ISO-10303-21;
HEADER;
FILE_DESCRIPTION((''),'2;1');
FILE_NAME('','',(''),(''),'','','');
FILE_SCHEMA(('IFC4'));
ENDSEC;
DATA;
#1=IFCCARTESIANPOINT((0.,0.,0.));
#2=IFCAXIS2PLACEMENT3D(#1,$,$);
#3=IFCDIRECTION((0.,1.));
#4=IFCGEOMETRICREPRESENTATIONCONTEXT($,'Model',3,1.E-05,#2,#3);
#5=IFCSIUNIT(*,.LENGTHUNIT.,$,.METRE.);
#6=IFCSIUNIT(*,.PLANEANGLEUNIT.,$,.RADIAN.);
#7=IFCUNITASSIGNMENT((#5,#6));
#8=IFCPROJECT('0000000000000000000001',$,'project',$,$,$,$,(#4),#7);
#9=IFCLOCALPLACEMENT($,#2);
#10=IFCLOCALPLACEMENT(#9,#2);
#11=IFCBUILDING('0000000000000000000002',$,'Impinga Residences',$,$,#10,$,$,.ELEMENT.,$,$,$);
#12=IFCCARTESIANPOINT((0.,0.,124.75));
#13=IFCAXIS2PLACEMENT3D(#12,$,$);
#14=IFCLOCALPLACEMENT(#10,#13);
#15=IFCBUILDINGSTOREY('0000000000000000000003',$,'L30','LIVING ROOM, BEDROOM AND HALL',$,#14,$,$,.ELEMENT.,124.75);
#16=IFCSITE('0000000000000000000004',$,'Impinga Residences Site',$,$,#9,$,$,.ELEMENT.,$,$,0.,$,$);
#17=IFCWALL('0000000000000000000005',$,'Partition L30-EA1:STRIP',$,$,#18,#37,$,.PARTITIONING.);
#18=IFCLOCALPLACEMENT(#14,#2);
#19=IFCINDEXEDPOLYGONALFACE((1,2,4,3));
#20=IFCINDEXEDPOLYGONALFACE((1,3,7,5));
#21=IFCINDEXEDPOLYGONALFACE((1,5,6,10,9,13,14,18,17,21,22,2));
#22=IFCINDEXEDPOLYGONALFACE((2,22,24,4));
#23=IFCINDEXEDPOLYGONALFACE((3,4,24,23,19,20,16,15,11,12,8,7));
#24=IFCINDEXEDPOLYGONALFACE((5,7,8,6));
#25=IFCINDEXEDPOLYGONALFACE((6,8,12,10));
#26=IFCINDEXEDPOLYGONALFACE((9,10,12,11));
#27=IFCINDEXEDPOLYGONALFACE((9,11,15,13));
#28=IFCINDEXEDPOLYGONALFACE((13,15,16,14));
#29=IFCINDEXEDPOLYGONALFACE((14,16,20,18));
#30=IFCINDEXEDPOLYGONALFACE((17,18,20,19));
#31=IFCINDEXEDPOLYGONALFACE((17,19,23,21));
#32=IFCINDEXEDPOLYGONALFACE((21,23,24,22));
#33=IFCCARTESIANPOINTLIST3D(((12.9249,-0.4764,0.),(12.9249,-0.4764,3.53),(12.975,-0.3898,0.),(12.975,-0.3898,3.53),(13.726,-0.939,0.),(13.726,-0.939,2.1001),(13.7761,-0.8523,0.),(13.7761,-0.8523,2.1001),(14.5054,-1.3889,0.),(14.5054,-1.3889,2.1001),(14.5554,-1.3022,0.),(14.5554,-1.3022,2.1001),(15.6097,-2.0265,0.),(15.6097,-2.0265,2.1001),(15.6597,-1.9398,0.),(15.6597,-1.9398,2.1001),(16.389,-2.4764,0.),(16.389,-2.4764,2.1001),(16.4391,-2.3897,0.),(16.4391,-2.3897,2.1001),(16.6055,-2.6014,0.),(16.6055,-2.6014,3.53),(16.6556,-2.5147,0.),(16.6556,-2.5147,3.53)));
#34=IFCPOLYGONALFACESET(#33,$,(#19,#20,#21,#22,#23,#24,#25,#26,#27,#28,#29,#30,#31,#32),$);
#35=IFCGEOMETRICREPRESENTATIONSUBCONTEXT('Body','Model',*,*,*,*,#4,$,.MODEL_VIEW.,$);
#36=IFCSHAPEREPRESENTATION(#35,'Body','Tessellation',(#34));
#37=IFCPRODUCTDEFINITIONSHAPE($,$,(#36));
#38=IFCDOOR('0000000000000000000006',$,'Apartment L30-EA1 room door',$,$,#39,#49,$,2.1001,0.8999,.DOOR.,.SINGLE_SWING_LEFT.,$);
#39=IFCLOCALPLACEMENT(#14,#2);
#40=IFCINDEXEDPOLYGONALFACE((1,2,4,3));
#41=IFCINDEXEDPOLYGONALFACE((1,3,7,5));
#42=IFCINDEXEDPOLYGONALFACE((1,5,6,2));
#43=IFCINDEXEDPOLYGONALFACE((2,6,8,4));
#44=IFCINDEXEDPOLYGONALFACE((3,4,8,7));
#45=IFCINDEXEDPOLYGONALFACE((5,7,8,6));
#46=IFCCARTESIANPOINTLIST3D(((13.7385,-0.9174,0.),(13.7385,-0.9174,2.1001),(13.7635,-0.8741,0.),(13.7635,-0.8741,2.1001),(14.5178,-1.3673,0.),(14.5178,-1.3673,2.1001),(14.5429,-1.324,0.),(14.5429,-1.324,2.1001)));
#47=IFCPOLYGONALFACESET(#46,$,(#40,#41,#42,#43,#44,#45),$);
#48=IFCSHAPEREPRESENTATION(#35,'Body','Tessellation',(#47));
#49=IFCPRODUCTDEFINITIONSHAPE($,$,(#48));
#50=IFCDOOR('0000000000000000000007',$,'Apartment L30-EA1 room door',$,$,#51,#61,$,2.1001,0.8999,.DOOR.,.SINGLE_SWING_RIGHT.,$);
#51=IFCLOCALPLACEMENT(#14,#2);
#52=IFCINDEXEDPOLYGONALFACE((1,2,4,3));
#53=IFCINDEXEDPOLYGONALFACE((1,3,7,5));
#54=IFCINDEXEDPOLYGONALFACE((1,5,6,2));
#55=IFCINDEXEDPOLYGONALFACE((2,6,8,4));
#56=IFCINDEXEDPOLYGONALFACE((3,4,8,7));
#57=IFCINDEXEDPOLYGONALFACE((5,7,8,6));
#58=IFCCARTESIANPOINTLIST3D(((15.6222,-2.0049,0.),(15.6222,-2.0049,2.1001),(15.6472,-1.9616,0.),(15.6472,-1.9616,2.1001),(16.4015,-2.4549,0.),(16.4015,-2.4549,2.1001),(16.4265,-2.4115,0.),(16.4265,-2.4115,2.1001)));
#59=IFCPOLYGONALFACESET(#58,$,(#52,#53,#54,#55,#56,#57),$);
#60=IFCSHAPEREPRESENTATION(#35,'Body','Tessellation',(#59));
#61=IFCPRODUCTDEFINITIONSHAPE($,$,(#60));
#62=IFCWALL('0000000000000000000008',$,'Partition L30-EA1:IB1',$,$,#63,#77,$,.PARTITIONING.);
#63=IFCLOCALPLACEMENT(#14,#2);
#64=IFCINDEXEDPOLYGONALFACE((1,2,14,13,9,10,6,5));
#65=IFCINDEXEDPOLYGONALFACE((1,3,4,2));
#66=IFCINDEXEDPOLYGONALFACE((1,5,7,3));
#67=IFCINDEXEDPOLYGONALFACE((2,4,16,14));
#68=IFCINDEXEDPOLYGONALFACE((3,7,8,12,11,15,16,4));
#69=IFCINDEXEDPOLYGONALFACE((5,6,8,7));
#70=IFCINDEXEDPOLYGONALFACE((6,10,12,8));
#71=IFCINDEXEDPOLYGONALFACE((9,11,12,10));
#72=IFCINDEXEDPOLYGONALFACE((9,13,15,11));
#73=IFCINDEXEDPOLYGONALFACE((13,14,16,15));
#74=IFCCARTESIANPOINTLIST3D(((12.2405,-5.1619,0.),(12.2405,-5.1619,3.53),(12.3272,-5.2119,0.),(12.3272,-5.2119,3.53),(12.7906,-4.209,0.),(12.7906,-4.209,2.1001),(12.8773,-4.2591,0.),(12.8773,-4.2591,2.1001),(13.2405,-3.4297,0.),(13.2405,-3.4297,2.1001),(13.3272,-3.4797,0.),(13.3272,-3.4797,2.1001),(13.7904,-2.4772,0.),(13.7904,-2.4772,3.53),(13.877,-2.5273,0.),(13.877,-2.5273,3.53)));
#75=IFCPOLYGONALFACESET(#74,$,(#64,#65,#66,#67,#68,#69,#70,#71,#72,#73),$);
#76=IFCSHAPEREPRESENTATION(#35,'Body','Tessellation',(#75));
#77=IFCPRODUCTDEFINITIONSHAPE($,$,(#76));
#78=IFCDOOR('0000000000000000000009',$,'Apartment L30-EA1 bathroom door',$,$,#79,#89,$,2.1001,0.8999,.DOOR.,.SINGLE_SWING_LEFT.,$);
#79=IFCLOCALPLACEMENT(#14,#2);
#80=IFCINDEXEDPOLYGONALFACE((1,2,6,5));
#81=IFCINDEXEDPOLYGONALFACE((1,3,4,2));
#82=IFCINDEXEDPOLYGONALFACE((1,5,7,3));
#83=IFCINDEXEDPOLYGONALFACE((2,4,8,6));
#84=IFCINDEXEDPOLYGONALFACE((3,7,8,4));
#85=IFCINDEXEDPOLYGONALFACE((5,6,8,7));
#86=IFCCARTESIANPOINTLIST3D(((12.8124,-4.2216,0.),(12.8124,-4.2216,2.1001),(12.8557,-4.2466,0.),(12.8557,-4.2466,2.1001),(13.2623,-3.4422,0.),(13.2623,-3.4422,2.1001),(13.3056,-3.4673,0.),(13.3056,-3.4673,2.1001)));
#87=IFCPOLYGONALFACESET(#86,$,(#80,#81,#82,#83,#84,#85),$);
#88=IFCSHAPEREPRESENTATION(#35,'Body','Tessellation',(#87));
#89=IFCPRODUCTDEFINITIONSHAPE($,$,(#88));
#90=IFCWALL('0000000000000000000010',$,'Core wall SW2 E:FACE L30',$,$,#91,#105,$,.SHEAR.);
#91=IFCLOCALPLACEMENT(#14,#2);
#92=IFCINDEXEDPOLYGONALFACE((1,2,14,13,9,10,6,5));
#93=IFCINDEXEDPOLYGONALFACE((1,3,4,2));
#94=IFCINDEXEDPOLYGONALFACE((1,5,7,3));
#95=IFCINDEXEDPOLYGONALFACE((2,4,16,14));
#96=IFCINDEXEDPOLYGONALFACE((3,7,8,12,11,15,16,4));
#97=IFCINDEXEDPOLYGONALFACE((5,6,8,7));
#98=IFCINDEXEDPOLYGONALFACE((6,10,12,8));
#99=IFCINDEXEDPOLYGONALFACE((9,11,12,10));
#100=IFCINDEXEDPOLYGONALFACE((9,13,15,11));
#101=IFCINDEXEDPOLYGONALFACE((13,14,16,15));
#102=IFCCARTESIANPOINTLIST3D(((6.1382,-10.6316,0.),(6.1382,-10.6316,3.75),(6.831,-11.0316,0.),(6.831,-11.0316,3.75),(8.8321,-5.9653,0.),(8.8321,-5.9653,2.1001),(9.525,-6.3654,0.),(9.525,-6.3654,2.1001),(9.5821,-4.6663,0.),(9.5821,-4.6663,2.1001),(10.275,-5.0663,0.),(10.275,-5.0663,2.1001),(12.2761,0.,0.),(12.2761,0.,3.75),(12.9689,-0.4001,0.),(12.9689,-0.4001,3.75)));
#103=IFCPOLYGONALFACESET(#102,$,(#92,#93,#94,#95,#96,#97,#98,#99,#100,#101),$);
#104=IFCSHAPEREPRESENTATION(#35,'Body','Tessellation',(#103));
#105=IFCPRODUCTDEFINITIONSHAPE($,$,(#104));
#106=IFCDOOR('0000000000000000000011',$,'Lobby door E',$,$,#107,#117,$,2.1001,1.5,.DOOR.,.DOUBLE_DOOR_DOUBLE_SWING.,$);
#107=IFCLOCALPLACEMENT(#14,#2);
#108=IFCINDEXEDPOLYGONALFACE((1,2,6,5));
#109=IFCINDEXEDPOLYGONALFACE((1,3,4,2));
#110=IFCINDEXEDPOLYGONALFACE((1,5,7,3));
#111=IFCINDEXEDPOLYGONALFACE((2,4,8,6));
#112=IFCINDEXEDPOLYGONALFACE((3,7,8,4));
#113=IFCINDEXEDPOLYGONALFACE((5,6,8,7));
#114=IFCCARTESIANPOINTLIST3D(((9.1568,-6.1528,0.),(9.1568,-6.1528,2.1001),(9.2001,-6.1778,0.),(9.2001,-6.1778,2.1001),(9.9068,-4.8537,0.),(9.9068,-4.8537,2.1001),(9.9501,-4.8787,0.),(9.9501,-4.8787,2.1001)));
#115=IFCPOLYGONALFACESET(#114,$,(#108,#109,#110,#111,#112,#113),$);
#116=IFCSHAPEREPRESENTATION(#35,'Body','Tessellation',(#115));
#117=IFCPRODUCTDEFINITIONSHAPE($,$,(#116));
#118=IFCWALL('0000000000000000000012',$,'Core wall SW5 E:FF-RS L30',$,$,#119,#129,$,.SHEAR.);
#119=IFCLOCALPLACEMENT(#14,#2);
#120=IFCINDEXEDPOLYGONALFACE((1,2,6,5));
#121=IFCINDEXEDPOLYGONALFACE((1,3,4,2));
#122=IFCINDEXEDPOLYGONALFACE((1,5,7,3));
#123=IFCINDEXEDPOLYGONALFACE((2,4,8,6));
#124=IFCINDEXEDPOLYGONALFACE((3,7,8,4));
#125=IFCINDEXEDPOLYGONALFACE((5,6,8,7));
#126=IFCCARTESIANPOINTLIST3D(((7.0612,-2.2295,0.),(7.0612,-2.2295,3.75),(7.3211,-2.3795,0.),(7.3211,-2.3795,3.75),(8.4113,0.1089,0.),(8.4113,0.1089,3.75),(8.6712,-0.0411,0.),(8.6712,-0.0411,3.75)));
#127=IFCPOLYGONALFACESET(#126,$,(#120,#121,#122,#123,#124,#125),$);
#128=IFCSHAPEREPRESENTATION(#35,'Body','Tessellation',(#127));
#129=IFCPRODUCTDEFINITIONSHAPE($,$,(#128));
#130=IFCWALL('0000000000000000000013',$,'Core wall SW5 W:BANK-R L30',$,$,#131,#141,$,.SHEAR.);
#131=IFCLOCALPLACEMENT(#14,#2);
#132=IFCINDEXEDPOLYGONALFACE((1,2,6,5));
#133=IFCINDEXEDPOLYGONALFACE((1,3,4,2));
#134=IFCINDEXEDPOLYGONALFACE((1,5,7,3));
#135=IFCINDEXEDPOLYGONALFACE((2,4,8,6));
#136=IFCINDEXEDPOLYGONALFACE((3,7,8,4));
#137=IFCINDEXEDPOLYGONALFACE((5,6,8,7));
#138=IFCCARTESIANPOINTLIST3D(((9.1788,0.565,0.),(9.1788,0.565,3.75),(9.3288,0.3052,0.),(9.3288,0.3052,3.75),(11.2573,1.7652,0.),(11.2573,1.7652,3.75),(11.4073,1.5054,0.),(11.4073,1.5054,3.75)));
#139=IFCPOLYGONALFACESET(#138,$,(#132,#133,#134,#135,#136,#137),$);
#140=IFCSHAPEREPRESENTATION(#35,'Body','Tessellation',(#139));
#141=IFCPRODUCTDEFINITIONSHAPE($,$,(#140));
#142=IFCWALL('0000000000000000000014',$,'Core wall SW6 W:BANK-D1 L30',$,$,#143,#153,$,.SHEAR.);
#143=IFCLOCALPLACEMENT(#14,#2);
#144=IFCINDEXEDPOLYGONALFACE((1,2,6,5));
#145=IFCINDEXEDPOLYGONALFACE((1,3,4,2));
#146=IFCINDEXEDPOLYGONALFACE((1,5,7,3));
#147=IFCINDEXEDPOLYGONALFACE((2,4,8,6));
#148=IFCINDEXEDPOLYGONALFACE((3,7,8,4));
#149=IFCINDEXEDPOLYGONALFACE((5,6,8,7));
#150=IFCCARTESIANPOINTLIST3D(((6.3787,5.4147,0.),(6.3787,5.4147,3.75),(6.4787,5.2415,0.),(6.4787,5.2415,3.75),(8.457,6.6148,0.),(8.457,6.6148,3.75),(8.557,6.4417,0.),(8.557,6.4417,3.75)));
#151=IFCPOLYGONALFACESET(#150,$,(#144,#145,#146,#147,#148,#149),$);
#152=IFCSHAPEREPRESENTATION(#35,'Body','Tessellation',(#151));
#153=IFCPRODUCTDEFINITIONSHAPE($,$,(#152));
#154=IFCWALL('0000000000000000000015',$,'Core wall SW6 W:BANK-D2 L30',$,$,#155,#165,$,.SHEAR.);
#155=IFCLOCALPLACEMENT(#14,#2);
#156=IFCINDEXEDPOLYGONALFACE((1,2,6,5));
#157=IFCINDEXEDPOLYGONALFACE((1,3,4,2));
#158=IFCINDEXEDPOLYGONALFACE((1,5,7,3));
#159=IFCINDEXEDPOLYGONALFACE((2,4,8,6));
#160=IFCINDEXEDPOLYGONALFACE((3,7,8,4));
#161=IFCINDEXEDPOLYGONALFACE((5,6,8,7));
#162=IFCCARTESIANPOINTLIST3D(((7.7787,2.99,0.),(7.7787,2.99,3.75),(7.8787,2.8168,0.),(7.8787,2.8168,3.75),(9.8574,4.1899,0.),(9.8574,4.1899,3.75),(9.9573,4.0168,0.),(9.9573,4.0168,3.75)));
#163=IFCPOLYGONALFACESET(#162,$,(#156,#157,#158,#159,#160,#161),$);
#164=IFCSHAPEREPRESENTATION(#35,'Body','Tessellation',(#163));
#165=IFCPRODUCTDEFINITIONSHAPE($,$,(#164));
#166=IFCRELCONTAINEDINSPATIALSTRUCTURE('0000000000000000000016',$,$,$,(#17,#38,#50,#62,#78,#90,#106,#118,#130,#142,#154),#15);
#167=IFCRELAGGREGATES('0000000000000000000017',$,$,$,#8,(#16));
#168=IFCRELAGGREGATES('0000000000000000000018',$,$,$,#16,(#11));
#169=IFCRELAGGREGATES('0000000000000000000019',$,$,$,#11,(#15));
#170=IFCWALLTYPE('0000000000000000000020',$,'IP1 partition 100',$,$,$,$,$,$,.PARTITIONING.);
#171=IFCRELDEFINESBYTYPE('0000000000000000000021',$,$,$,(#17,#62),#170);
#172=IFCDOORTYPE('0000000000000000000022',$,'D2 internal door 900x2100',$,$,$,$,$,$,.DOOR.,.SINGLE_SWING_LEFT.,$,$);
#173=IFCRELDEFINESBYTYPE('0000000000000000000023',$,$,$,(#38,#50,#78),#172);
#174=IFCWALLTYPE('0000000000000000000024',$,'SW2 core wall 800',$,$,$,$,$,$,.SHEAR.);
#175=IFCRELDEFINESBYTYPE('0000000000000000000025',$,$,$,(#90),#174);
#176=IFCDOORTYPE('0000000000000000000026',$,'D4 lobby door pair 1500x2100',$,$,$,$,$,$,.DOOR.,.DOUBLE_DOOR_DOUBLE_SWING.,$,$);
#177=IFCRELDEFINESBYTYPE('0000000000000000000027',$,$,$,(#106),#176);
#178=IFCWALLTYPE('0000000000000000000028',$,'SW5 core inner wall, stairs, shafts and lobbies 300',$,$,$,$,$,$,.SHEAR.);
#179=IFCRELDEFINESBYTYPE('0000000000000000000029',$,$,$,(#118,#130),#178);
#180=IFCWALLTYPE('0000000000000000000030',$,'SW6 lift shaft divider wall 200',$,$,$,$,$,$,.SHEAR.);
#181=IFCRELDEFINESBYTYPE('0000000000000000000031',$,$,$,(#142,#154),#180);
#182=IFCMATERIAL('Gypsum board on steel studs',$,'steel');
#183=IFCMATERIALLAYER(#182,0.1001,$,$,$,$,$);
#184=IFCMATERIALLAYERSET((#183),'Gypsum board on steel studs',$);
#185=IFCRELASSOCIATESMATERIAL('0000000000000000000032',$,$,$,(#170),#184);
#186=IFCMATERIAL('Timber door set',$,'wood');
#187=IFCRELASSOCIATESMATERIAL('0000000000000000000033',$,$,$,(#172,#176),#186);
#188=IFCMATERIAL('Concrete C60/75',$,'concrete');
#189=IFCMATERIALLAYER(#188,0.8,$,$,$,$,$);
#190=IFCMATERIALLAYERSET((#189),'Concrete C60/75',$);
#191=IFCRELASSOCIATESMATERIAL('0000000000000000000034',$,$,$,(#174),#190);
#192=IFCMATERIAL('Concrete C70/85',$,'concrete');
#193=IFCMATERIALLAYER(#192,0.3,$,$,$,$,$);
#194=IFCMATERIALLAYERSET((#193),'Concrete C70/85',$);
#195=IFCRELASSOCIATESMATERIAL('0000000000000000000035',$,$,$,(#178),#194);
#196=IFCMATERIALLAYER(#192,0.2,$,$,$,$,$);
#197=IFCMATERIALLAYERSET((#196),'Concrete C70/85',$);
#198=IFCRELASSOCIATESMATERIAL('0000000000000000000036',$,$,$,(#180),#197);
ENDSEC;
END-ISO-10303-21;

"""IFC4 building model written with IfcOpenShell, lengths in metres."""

from ifc_helpers import new_model, si_unit, direction, frame, frame_2d, origin, place, context, subcontext, project, spatial, rectangle, extrude, material, layer, layer_set, type_object, element, fill, save


model = new_model("IFC4")

# Units and contexts
model_context = context("Model", 3, precision=1e-05, world=origin(), true_north=direction((0.0, 1.0)))
body_context = subcontext(model_context, "Body", "Model", "MODEL_VIEW")
ifc_project = project(units=[si_unit("LENGTHUNIT", "METRE"), si_unit("PLANEANGLEUNIT", "RADIAN")], contexts=[model_context])

# Site, building, storey
site_placement = place(None, origin())
site = spatial("IfcSite", under=ifc_project, at=site_placement, Name="Impinga Residences Site", CompositionType="ELEMENT", RefElevation=0.0)
building_placement = place(site_placement, origin())
building = spatial("IfcBuilding", under=site, at=building_placement, Name="Impinga Residences", CompositionType="ELEMENT")
storey_placement = place(building_placement, frame((0.0, 0.0, 124.75)))
storey = spatial("IfcBuildingStorey", under=building, at=storey_placement, Name="L30", Description="LIVING ROOM, BEDROOM AND HALL", CompositionType="ELEMENT", Elevation=124.75)

# Shared definitions
ifc_material_1 = material(Name="Concrete C60/75", Category="concrete")

# Shared definitions
ifc_material_2 = material(Name="Timber door set", Category="wood")

# Shared definitions
ifc_material_3 = material(Name="Gypsum board on steel studs", Category="steel")
ifc_layer_1 = layer(ifc_material_3, 0.1001)
ifc_layer_set_1 = layer_set([ifc_layer_1], Name="Gypsum board on steel studs")
wall_type_1 = type_object("IfcWallType", Name="IP1 partition 100", PredefinedType="PARTITIONING", material=ifc_layer_set_1)

# Wall, openings, doors
wall_1_placement = place(storey_placement, frame((12.95, -0.4331, 0.0), z_axis=(0.0, 0.0, 1.0), x_axis=(0.866029, -0.499994, 0.0)))
wall_1 = element("IfcWall", 1, at=wall_1_placement, inside=storey, type_object=wall_type_1, Name="Partition L30-EA1:STRIP", PredefinedType="PARTITIONING", context=body_context, shape_type="SweptSolid", body=[
    extrude(rectangle(XDim=4.25, YDim=0.1001, at=frame_2d((2.125, 0.0))), origin(), (0.0, 0.0, 1.0), 3.53),
])
opening_1_placement = place(wall_1_placement, frame((0.925, 0.0, 0.0)))
opening_1 = element("IfcOpeningElement", 2, at=opening_1_placement, cuts=wall_1, PredefinedType="OPENING", context=body_context, shape_type="SweptSolid", body=[
    extrude(rectangle(XDim=0.8999, YDim=2.1001, at=frame_2d((0.45, 1.05))), frame((0.0, 0.0601, 0.0), z_axis=(0.0, -1.0, 0.0), x_axis=(1.0, 0.0, 0.0)), (0.0, 0.0, 1.0), 0.1201),
])
opening_2_placement = place(wall_1_placement, frame((3.1001, 0.0, 0.0)))
opening_2 = element("IfcOpeningElement", 3, at=opening_2_placement, cuts=wall_1, PredefinedType="OPENING", context=body_context, shape_type="SweptSolid", body=[
    extrude(rectangle(XDim=0.8999, YDim=2.1001, at=frame_2d((0.45, 1.05))), frame((0.0, 0.0601, 0.0), z_axis=(0.0, -1.0, 0.0), x_axis=(1.0, 0.0, 0.0)), (0.0, 0.0, 1.0), 0.1201),
])
door_type_1 = type_object("IfcDoorType", Name="D2 internal door 900x2100", OperationType="SINGLE_SWING_LEFT", PredefinedType="DOOR", material=ifc_material_2)
door_1_placement = place(opening_1_placement, origin())
door_1 = element("IfcDoor", 4, at=door_1_placement, inside=storey, type_object=door_type_1, Name="Apartment L30-EA1 room door", OperationType="SINGLE_SWING_LEFT", OverallHeight=2.1001, OverallWidth=0.8999, PredefinedType="DOOR", context=body_context, shape_type="SweptSolid", body=[
    extrude(rectangle(XDim=0.8999, YDim=2.1001, at=frame_2d((0.45, 1.05))), frame((0.0, 0.0249, 0.0), z_axis=(0.0, -1.0, 0.0), x_axis=(1.0, 0.0, 0.0)), (0.0, 0.0, 1.0), 0.05),
])
fill(opening_1, door_1)
door_2_placement = place(opening_2_placement, origin())
door_2 = element("IfcDoor", 5, at=door_2_placement, inside=storey, type_object=door_type_1, Name="Apartment L30-EA1 room door", OperationType="SINGLE_SWING_RIGHT", OverallHeight=2.1001, OverallWidth=0.8999, PredefinedType="DOOR", context=body_context, shape_type="SweptSolid", body=[
    extrude(rectangle(XDim=0.8999, YDim=2.1001, at=frame_2d((0.45, 1.05))), frame((0.0, 0.0249, 0.0), z_axis=(0.0, -1.0, 0.0), x_axis=(1.0, 0.0, 0.0)), (0.0, 0.0, 1.0), 0.05),
])
fill(opening_2, door_2)

# Walls, openings, doors
wall_2_placement = place(storey_placement, frame((12.2839, -5.1868, 0.0), z_axis=(0.0, 0.0, 1.0), x_axis=(0.499968, 0.866044, 0.0)))
wall_2 = element("IfcWall", 6, at=wall_2_placement, inside=storey, type_object=wall_type_1, Name="Partition L30-EA1:IB1", PredefinedType="PARTITIONING", context=body_context, shape_type="SweptSolid", body=[
    extrude(rectangle(XDim=3.0999, YDim=0.1001, at=frame_2d((1.5498, 0.0))), origin(), (0.0, 0.0, 1.0), 3.53),
])
opening_3_placement = place(wall_2_placement, frame((1.1001, 0.0, 0.0)))
opening_3 = element("IfcOpeningElement", 7, at=opening_3_placement, cuts=wall_2, PredefinedType="OPENING", context=body_context, shape_type="SweptSolid", body=[
    extrude(rectangle(XDim=0.8999, YDim=2.1001, at=frame_2d((0.45, 1.05))), frame((0.0, 0.0601, 0.0), z_axis=(0.0, -1.0, 0.0), x_axis=(1.0, 0.0, 0.0)), (0.0, 0.0, 1.0), 0.1201),
])
door_3_placement = place(opening_3_placement, origin())
door_3 = element("IfcDoor", 8, at=door_3_placement, inside=storey, type_object=door_type_1, Name="Apartment L30-EA1 bathroom door", OperationType="SINGLE_SWING_LEFT", OverallHeight=2.1001, OverallWidth=0.8999, PredefinedType="DOOR", context=body_context, shape_type="SweptSolid", body=[
    extrude(rectangle(XDim=0.8999, YDim=2.1001, at=frame_2d((0.45, 1.05))), frame((0.0, 0.0249, 0.0), z_axis=(0.0, -1.0, 0.0), x_axis=(1.0, 0.0, 0.0)), (0.0, 0.0, 1.0), 0.05),
])
fill(opening_3, door_3)
ifc_layer_2 = layer(ifc_material_1, 0.8)
ifc_layer_set_2 = layer_set([ifc_layer_2], Name="Concrete C60/75")
wall_type_2 = type_object("IfcWallType", Name="SW2 core wall 800", PredefinedType="SHEAR", material=ifc_layer_set_2)
wall_3_placement = place(storey_placement, frame((12.6226, -0.2, 0.0), z_axis=(0.0, 0.0, 1.0), x_axis=(-0.499987, -0.866033, 0.0)))
wall_3 = element("IfcWall", 9, at=wall_3_placement, inside=storey, type_object=wall_type_2, Name="Core wall SW2 E:FACE L30", PredefinedType="SHEAR", context=body_context, shape_type="SweptSolid", body=[
    extrude(rectangle(XDim=12.2761, YDim=0.8, at=frame_2d((6.1382, 0.0))), origin(), (0.0, 0.0, 1.0), 3.75),
])
opening_4_placement = place(wall_3_placement, frame((5.3882, 0.0, 0.0)))
opening_4 = element("IfcOpeningElement", 10, at=opening_4_placement, cuts=wall_3, PredefinedType="OPENING", context=body_context, shape_type="SweptSolid", body=[
    extrude(rectangle(XDim=1.5, YDim=2.1001, at=frame_2d((0.75, 1.05))), frame((0.0, 0.4099, 0.0), z_axis=(0.0, -1.0, 0.0), x_axis=(1.0, 0.0, 0.0)), (0.0, 0.0, 1.0), 0.8201),
])
door_type_2 = type_object("IfcDoorType", Name="D4 lobby door pair 1500x2100", OperationType="DOUBLE_DOOR_DOUBLE_SWING", PredefinedType="DOOR", material=ifc_material_2)
door_4_placement = place(opening_4_placement, origin())
door_4 = element("IfcDoor", 11, at=door_4_placement, inside=storey, type_object=door_type_2, Name="Lobby door E", OperationType="DOUBLE_DOOR_DOUBLE_SWING", OverallHeight=2.1001, OverallWidth=1.5, PredefinedType="DOOR", context=body_context, shape_type="SweptSolid", body=[
    extrude(rectangle(XDim=1.5, YDim=2.1001, at=frame_2d((0.75, 1.05))), frame((0.0, 0.0249, 0.0), z_axis=(0.0, -1.0, 0.0), x_axis=(1.0, 0.0, 0.0)), (0.0, 0.0, 1.0), 0.05),
])
fill(opening_4, door_4)

# Walls
ifc_material_4 = material(Name="Concrete C70/85", Category="concrete")
ifc_layer_3 = layer(ifc_material_4, 0.3)
ifc_layer_set_3 = layer_set([ifc_layer_3], Name="Concrete C70/85")
wall_type_3 = type_object("IfcWallType", Name="SW5 core inner wall, stairs, shafts and lobbies 300", PredefinedType="SHEAR", material=ifc_layer_set_3)
wall_4_placement = place(storey_placement, frame((8.5413, 0.0339, 0.0), z_axis=(0.0, 0.0, 1.0), x_axis=(-0.500009, -0.86602, 0.0)))
element("IfcWall", 12, at=wall_4_placement, inside=storey, type_object=wall_type_3, Name="Core wall SW5 E:FF-RS L30", PredefinedType="SHEAR", context=body_context, shape_type="SweptSolid", body=[
    extrude(rectangle(XDim=2.7002, YDim=0.3, at=frame_2d((1.3501, 0.0))), origin(), (0.0, 0.0, 1.0), 3.75),
])
wall_5_placement = place(storey_placement, frame((9.2537, 0.4351, 0.0), z_axis=(0.0, 0.0, 1.0), x_axis=(0.866006, 0.500034, 0.0)))
element("IfcWall", 13, at=wall_5_placement, inside=storey, type_object=wall_type_3, Name="Core wall SW5 W:BANK-R L30", PredefinedType="SHEAR", context=body_context, shape_type="SweptSolid", body=[
    extrude(rectangle(XDim=2.4001, YDim=0.3, at=frame_2d((1.2002, 0.0))), origin(), (0.0, 0.0, 1.0), 3.75),
])
ifc_layer_4 = layer(ifc_material_4, 0.2)
ifc_layer_set_4 = layer_set([ifc_layer_4], Name="Concrete C70/85")
wall_type_4 = type_object("IfcWallType", Name="SW6 lift shaft divider wall 200", PredefinedType="SHEAR", material=ifc_layer_set_4)
wall_6_placement = place(storey_placement, frame((6.4287, 5.3281, 0.0), z_axis=(0.0, 0.0, 1.0), x_axis=(0.865981, 0.500078, 0.0)))
element("IfcWall", 14, at=wall_6_placement, inside=storey, type_object=wall_type_4, Name="Core wall SW6 W:BANK-D1 L30", PredefinedType="SHEAR", context=body_context, shape_type="SweptSolid", body=[
    extrude(rectangle(XDim=2.3999, YDim=0.2, at=frame_2d((1.2, 0.0))), origin(), (0.0, 0.0, 1.0), 3.75),
])
wall_7_placement = place(storey_placement, frame((7.8286, 2.9033, 0.0), z_axis=(0.0, 0.0, 1.0), x_axis=(0.86605, 0.499957, 0.0)))
element("IfcWall", 15, at=wall_7_placement, inside=storey, type_object=wall_type_4, Name="Core wall SW6 W:BANK-D2 L30", PredefinedType="SHEAR", context=body_context, shape_type="SweptSolid", body=[
    extrude(rectangle(XDim=2.4001, YDim=0.2, at=frame_2d((1.2002, 0.0))), origin(), (0.0, 0.0, 1.0), 3.75),
])

save(model, "model.ifc")
